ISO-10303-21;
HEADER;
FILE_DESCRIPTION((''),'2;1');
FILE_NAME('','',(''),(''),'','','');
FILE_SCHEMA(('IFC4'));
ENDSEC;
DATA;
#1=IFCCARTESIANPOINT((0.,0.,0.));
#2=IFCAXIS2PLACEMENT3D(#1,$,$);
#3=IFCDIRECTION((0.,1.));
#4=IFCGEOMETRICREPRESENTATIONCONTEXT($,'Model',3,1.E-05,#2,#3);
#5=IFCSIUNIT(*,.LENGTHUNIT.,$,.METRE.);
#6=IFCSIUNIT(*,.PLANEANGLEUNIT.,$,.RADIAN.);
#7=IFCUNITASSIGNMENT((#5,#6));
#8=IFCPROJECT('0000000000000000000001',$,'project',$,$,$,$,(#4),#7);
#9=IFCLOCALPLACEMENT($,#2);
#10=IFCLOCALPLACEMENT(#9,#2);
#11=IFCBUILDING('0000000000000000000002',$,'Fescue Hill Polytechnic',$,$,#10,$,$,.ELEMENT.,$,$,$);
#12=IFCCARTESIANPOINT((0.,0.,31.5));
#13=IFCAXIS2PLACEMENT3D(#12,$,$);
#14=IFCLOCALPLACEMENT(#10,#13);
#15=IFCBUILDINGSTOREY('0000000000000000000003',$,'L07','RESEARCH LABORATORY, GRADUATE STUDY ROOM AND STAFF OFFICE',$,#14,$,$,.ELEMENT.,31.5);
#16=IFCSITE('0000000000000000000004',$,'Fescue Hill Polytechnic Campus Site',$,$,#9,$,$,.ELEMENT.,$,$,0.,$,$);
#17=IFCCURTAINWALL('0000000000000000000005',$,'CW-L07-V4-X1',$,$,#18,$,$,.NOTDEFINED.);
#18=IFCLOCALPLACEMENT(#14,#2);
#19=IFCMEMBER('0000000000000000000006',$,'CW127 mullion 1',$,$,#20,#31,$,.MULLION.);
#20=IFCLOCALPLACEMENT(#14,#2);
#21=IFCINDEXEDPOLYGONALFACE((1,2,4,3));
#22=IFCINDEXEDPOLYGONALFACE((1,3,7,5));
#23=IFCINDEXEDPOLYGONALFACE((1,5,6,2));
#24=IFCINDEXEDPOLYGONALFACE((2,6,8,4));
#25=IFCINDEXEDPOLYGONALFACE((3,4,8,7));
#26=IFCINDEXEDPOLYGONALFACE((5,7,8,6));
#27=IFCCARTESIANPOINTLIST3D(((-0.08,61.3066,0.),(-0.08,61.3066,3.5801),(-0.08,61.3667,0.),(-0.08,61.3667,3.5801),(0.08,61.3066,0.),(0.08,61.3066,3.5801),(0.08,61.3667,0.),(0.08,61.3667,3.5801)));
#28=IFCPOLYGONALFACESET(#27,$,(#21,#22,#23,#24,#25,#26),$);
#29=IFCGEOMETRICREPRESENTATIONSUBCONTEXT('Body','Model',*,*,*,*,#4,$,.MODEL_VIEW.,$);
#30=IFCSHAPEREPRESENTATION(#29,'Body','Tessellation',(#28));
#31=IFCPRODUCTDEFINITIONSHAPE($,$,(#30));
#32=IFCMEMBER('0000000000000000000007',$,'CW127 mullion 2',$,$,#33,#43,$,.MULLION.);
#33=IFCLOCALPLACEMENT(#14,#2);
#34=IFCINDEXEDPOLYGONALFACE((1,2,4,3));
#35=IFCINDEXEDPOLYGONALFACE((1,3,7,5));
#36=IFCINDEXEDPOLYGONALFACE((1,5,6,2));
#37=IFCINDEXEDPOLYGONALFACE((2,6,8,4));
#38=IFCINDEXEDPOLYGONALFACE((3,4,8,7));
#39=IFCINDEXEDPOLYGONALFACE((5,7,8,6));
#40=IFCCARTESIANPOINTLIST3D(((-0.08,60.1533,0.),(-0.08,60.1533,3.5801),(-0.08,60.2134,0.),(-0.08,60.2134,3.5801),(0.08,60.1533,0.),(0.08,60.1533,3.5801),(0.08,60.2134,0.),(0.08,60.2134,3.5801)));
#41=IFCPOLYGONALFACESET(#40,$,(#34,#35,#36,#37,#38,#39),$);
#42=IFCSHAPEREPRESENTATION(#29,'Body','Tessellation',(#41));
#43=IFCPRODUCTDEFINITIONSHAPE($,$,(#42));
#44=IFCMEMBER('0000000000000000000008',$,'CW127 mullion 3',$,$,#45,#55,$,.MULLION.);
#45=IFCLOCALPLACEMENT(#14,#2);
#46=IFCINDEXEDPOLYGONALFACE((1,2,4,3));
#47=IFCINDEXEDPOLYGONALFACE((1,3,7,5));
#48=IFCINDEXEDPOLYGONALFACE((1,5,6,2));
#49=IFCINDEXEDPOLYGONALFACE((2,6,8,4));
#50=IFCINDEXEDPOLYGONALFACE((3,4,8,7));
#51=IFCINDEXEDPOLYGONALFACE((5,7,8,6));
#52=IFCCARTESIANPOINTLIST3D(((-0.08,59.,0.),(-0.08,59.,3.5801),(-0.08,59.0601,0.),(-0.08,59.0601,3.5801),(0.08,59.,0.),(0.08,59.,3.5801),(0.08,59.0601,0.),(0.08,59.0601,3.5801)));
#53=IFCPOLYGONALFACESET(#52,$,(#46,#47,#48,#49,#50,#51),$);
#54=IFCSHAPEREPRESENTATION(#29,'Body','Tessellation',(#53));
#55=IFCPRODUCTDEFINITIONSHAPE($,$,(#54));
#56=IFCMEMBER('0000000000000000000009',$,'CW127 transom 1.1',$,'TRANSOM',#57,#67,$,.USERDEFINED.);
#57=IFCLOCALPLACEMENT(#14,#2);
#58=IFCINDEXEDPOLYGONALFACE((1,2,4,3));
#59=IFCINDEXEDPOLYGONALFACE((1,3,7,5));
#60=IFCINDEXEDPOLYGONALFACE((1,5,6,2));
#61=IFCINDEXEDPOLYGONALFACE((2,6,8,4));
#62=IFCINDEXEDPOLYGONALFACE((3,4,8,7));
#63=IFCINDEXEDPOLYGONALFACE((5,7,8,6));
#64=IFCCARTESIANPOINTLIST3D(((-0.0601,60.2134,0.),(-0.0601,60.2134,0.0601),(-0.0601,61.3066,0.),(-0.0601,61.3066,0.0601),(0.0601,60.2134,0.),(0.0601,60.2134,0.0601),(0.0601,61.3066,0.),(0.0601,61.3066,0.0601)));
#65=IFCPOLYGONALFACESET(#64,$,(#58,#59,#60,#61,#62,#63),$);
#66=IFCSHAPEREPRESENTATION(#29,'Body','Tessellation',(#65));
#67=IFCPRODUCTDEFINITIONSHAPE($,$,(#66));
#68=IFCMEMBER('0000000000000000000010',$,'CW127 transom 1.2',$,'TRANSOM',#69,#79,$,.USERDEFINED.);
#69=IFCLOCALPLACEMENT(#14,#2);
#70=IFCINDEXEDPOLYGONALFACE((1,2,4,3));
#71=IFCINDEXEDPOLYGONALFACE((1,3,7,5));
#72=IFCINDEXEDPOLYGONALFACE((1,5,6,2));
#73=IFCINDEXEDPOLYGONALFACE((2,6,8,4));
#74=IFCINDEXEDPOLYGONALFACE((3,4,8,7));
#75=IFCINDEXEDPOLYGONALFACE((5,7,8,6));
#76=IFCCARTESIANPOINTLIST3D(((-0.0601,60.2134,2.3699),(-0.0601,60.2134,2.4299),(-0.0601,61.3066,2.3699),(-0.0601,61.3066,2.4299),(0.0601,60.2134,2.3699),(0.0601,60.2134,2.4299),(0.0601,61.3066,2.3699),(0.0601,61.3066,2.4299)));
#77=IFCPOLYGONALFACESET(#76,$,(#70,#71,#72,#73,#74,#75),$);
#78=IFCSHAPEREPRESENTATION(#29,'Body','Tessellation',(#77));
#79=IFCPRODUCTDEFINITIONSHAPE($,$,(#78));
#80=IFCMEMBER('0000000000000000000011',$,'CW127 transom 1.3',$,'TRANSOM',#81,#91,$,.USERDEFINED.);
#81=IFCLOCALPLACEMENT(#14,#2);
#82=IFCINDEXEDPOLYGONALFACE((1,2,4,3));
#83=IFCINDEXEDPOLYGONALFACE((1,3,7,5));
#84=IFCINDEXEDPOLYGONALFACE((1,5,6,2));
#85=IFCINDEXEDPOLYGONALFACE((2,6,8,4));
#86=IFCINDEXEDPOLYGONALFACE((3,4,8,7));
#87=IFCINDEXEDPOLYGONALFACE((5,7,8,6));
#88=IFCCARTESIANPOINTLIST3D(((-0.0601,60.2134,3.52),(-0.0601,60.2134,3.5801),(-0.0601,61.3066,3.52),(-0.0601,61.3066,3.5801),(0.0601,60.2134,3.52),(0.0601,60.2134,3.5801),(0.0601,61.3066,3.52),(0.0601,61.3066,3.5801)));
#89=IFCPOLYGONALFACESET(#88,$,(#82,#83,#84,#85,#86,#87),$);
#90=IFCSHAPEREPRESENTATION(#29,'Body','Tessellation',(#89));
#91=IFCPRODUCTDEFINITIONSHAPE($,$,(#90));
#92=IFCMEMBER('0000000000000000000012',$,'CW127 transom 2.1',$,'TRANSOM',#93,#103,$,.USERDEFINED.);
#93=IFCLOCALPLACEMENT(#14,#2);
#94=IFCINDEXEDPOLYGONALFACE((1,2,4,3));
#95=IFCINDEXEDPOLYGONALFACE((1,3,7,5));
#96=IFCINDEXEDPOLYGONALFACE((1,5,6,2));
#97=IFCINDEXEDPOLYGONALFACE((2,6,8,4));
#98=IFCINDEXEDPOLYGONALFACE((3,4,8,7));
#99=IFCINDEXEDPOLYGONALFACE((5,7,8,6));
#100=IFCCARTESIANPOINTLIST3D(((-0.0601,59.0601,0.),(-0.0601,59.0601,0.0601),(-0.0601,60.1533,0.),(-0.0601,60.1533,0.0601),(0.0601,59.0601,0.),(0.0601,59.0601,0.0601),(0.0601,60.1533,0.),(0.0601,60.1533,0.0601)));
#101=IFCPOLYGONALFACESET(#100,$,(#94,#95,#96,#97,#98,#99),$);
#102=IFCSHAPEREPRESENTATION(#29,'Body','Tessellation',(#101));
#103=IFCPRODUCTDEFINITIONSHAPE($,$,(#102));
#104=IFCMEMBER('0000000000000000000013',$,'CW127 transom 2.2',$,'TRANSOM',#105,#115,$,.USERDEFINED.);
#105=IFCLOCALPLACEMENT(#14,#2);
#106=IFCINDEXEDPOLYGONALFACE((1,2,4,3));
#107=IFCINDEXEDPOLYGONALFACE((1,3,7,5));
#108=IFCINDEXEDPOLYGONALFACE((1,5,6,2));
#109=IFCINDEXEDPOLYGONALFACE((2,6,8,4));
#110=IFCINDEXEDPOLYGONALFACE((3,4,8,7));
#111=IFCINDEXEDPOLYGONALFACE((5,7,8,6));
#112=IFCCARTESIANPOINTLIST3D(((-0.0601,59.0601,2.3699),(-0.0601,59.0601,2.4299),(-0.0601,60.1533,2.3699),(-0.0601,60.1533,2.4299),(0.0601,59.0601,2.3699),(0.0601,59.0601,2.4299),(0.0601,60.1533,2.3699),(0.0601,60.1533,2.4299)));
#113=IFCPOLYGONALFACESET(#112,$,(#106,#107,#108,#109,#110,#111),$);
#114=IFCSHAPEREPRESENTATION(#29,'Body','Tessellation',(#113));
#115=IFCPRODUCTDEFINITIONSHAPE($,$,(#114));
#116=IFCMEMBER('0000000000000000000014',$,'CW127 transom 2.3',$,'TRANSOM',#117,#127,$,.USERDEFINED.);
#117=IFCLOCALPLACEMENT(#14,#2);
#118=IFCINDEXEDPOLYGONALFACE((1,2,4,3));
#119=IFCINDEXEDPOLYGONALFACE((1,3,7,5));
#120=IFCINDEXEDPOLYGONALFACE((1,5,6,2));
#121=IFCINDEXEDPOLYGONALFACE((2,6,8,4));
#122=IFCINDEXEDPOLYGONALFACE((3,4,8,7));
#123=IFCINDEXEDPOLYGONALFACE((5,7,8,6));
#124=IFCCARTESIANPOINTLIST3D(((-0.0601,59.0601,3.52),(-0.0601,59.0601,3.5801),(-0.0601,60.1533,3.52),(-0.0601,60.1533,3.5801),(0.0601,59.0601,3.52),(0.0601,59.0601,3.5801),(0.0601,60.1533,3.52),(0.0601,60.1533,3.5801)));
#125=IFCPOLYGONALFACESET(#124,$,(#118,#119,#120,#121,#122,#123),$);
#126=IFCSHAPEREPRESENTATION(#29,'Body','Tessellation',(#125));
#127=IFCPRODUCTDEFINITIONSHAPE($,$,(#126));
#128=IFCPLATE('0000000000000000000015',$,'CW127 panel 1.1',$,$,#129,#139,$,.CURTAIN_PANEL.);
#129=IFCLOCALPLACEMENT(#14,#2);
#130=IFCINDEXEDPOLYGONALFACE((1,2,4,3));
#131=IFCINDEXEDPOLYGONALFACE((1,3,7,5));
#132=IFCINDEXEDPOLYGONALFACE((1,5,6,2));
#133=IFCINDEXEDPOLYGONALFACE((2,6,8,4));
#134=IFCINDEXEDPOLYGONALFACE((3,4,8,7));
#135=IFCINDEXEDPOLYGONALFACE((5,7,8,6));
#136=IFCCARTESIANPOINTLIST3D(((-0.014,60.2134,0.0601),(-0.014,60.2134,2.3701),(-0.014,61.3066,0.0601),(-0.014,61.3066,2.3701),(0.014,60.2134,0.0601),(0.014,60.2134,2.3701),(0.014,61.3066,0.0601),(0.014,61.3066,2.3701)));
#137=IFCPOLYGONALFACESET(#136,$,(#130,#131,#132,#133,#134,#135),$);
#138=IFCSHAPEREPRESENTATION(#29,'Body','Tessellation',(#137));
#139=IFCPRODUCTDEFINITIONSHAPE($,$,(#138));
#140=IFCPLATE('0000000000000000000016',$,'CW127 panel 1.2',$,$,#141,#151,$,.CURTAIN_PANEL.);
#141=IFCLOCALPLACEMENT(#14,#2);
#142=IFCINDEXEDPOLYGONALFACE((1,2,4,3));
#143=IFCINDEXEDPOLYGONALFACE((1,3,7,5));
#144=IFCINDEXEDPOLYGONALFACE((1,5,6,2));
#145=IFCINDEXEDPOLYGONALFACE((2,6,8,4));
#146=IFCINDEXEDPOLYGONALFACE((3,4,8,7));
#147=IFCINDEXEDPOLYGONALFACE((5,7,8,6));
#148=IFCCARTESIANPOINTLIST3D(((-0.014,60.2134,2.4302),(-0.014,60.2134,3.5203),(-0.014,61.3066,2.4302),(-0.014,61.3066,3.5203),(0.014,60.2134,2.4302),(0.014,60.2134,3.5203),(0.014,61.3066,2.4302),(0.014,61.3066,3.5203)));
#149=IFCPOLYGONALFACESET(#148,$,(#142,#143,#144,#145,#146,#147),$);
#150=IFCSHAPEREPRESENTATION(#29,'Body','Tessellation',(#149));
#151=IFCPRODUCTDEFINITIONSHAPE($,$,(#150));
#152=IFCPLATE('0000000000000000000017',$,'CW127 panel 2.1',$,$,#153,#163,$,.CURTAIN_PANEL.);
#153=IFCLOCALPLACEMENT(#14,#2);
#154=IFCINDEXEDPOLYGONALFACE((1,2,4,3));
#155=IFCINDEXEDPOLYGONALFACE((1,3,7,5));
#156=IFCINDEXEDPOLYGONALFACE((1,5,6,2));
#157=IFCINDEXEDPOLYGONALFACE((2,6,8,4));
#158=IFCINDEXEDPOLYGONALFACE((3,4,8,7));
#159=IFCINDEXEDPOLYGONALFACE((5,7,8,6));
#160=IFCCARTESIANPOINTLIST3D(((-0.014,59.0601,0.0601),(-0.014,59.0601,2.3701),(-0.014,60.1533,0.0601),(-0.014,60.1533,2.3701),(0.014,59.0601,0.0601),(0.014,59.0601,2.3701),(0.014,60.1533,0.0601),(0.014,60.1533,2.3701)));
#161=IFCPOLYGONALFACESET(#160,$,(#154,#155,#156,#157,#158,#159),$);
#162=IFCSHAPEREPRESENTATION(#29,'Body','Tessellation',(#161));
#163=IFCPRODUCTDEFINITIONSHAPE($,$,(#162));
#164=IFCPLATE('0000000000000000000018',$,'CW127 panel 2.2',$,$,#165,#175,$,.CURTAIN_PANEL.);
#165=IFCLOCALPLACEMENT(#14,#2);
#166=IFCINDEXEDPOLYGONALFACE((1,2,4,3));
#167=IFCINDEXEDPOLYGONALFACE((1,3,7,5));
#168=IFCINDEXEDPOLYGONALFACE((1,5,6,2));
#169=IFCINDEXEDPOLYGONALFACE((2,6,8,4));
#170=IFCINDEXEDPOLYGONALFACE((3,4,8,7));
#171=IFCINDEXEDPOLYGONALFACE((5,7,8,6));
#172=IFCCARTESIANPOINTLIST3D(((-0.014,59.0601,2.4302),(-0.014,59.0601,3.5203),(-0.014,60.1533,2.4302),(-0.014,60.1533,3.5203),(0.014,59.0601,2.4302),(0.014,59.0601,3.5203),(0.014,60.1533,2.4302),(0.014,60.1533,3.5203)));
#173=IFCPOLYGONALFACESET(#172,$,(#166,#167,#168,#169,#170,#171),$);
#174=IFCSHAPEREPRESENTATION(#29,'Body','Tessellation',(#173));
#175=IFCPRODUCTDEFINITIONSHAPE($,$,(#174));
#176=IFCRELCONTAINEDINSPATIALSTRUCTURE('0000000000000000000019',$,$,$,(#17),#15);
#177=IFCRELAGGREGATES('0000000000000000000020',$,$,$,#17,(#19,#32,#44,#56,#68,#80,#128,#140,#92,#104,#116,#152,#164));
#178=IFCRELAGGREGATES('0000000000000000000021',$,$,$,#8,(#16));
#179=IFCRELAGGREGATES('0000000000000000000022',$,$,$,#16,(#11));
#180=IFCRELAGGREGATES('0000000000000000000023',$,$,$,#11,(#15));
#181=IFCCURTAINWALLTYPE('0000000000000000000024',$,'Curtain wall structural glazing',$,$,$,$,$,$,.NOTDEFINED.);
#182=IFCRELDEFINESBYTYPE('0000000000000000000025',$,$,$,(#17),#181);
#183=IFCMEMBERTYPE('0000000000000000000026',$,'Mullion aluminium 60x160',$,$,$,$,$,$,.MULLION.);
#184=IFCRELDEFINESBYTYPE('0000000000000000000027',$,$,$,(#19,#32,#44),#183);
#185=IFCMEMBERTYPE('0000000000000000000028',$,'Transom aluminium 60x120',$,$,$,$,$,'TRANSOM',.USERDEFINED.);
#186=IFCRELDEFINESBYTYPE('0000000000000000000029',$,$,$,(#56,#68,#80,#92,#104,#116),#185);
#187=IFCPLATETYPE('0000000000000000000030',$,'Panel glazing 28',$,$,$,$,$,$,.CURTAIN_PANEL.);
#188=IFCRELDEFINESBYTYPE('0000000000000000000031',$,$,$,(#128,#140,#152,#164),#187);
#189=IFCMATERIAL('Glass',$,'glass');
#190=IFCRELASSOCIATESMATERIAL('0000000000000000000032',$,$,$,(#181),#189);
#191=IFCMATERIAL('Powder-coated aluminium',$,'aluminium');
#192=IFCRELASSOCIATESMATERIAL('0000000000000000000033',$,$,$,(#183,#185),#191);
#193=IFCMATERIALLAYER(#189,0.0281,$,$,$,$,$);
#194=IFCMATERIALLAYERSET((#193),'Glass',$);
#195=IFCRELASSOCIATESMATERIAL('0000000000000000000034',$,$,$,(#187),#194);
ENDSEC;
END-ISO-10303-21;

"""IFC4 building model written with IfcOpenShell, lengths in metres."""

from ifc_helpers import new_model, si_unit, direction, frame, origin, origin_2d, place, context, subcontext, project, spatial, rectangle, extrude, material, layer, layer_set, material_profile, profile_set, type_object, element, aggregate, save


model = new_model("IFC4")

# Units and contexts
model_context = context("Model", 3, precision=1e-05, world=origin(), true_north=direction((0.0, 1.0)))
body_context = subcontext(model_context, "Body", "Model", "MODEL_VIEW")
ifc_project = project(units=[si_unit("LENGTHUNIT", "METRE"), si_unit("PLANEANGLEUNIT", "RADIAN")], contexts=[model_context])

# Site, building, storey
site_placement = place(None, origin())
site = spatial("IfcSite", under=ifc_project, at=site_placement, Name="Fescue Hill Polytechnic Campus Site", CompositionType="ELEMENT", RefElevation=0.0)
building_placement = place(site_placement, origin())
building = spatial("IfcBuilding", under=site, at=building_placement, Name="Fescue Hill Polytechnic", CompositionType="ELEMENT")
storey_placement = place(building_placement, frame((0.0, 0.0, 31.5)))
storey = spatial("IfcBuildingStorey", under=building, at=storey_placement, Name="L07", Description="RESEARCH LABORATORY, GRADUATE STUDY ROOM AND STAFF OFFICE", CompositionType="ELEMENT", Elevation=31.5)

# Curtain wall, members, plates
ifc_material_1 = material(Name="Glass", Category="glass")
curtain_wall_type = type_object("IfcCurtainWallType", Name="Curtain wall structural glazing", PredefinedType="NOTDEFINED", material=ifc_material_1)
curtain_wall_placement = place(storey_placement, origin())
curtain_wall = element("IfcCurtainWall", 1, at=curtain_wall_placement, inside=storey, type_object=curtain_wall_type, Name="CW-L07-V4-X1", PredefinedType="NOTDEFINED")
ifc_material_2 = material(Name="Powder-coated aluminium", Category="aluminium")
ifc_material_profile_1 = material_profile(ifc_material_2, rectangle(XDim=0.1599, YDim=0.0601, at=origin_2d()), Name="Mullion aluminium 60x160")
ifc_profile_set_1 = profile_set([ifc_material_profile_1], Name="Powder-coated aluminium")
member_type_1 = type_object("IfcMemberType", Name="Mullion aluminium 60x160", PredefinedType="MULLION", material=ifc_profile_set_1)
member_1_placement = place(storey_placement, frame((0.0, 61.3367, 0.0), z_axis=(0.0, 0.0, 1.0), x_axis=(1.0, 0.0, 0.0)))
member_1 = element("IfcMember", 2, at=member_1_placement, type_object=member_type_1, Name="CW127 mullion 1", PredefinedType="MULLION", context=body_context, shape_type="SweptSolid", body=[
    extrude(rectangle(XDim=0.1599, YDim=0.0601, at=origin_2d()), origin(), (0.0, 0.0, 1.0), 3.5801),
])
member_2_placement = place(storey_placement, frame((0.0, 60.1833, 0.0), z_axis=(0.0, 0.0, 1.0), x_axis=(1.0, 0.0, 0.0)))
member_2 = element("IfcMember", 3, at=member_2_placement, type_object=member_type_1, Name="CW127 mullion 2", PredefinedType="MULLION", context=body_context, shape_type="SweptSolid", body=[
    extrude(rectangle(XDim=0.1599, YDim=0.0601, at=origin_2d()), origin(), (0.0, 0.0, 1.0), 3.5801),
])
member_3_placement = place(storey_placement, frame((0.0, 59.03, 0.0), z_axis=(0.0, 0.0, 1.0), x_axis=(1.0, 0.0, 0.0)))
member_3 = element("IfcMember", 4, at=member_3_placement, type_object=member_type_1, Name="CW127 mullion 3", PredefinedType="MULLION", context=body_context, shape_type="SweptSolid", body=[
    extrude(rectangle(XDim=0.1599, YDim=0.0601, at=origin_2d()), origin(), (0.0, 0.0, 1.0), 3.5801),
])
ifc_material_profile_2 = material_profile(ifc_material_2, rectangle(XDim=0.1201, YDim=0.0601, at=origin_2d()), Name="Transom aluminium 60x120")
ifc_profile_set_2 = profile_set([ifc_material_profile_2], Name="Powder-coated aluminium")
member_type_2 = type_object("IfcMemberType", Name="Transom aluminium 60x120", ElementType="TRANSOM", PredefinedType="USERDEFINED", material=ifc_profile_set_2)
member_4_placement = place(storey_placement, frame((0.0, 61.3066, 0.03), z_axis=(0.0, -1.0, 0.0), x_axis=(1.0, 0.0, 0.0)))
member_4 = element("IfcMember", 5, at=member_4_placement, type_object=member_type_2, Name="CW127 transom 1.1", ObjectType="TRANSOM", PredefinedType="USERDEFINED", context=body_context, shape_type="SweptSolid", body=[
    extrude(rectangle(XDim=0.1201, YDim=0.0601, at=origin_2d()), origin(), (0.0, 0.0, 1.0), 1.0933),
])
member_5_placement = place(storey_placement, frame((0.0, 61.3066, 2.3999), z_axis=(0.0, -1.0, 0.0), x_axis=(1.0, 0.0, 0.0)))
member_5 = element("IfcMember", 6, at=member_5_placement, type_object=member_type_2, Name="CW127 transom 1.2", ObjectType="TRANSOM", PredefinedType="USERDEFINED", context=body_context, shape_type="SweptSolid", body=[
    extrude(rectangle(XDim=0.1201, YDim=0.0601, at=origin_2d()), origin(), (0.0, 0.0, 1.0), 1.0933),
])
member_6_placement = place(storey_placement, frame((0.0, 61.3066, 3.55), z_axis=(0.0, -1.0, 0.0), x_axis=(1.0, 0.0, 0.0)))
member_6 = element("IfcMember", 7, at=member_6_placement, type_object=member_type_2, Name="CW127 transom 1.3", ObjectType="TRANSOM", PredefinedType="USERDEFINED", context=body_context, shape_type="SweptSolid", body=[
    extrude(rectangle(XDim=0.1201, YDim=0.0601, at=origin_2d()), origin(), (0.0, 0.0, 1.0), 1.0933),
])
member_7_placement = place(storey_placement, frame((0.0, 60.1533, 0.03), z_axis=(0.0, -1.0, 0.0), x_axis=(1.0, 0.0, 0.0)))
member_7 = element("IfcMember", 8, at=member_7_placement, type_object=member_type_2, Name="CW127 transom 2.1", ObjectType="TRANSOM", PredefinedType="USERDEFINED", context=body_context, shape_type="SweptSolid", body=[
    extrude(rectangle(XDim=0.1201, YDim=0.0601, at=origin_2d()), origin(), (0.0, 0.0, 1.0), 1.0933),
])
member_8_placement = place(storey_placement, frame((0.0, 60.1533, 2.3999), z_axis=(0.0, -1.0, 0.0), x_axis=(1.0, 0.0, 0.0)))
member_8 = element("IfcMember", 9, at=member_8_placement, type_object=member_type_2, Name="CW127 transom 2.2", ObjectType="TRANSOM", PredefinedType="USERDEFINED", context=body_context, shape_type="SweptSolid", body=[
    extrude(rectangle(XDim=0.1201, YDim=0.0601, at=origin_2d()), origin(), (0.0, 0.0, 1.0), 1.0933),
])
member_9_placement = place(storey_placement, frame((0.0, 60.1533, 3.55), z_axis=(0.0, -1.0, 0.0), x_axis=(1.0, 0.0, 0.0)))
member_9 = element("IfcMember", 10, at=member_9_placement, type_object=member_type_2, Name="CW127 transom 2.3", ObjectType="TRANSOM", PredefinedType="USERDEFINED", context=body_context, shape_type="SweptSolid", body=[
    extrude(rectangle(XDim=0.1201, YDim=0.0601, at=origin_2d()), origin(), (0.0, 0.0, 1.0), 1.0933),
])
ifc_layer_1 = layer(ifc_material_1, 0.0281)
ifc_layer_set_1 = layer_set([ifc_layer_1], Name="Glass")
plate_type = type_object("IfcPlateType", Name="Panel glazing 28", PredefinedType="CURTAIN_PANEL", material=ifc_layer_set_1)
plate_1_placement = place(storey_placement, frame((0.0, 60.76, 0.0601), z_axis=(0.0, 0.0, 1.0), x_axis=(0.0, -1.0, 0.0)))
plate_1 = element("IfcPlate", 11, at=plate_1_placement, type_object=plate_type, Name="CW127 panel 1.1", PredefinedType="CURTAIN_PANEL", context=body_context, shape_type="SweptSolid", body=[
    extrude(rectangle(XDim=1.0933, YDim=0.0281, at=origin_2d()), origin(), (0.0, 0.0, 1.0), 2.3101),
])
plate_2_placement = place(storey_placement, frame((0.0, 60.76, 2.4302), z_axis=(0.0, 0.0, 1.0), x_axis=(0.0, -1.0, 0.0)))
plate_2 = element("IfcPlate", 12, at=plate_2_placement, type_object=plate_type, Name="CW127 panel 1.2", PredefinedType="CURTAIN_PANEL", context=body_context, shape_type="SweptSolid", body=[
    extrude(rectangle(XDim=1.0933, YDim=0.0281, at=origin_2d()), origin(), (0.0, 0.0, 1.0), 1.0901),
])
plate_3_placement = place(storey_placement, frame((0.0, 59.6067, 0.0601), z_axis=(0.0, 0.0, 1.0), x_axis=(0.0, -1.0, 0.0)))
plate_3 = element("IfcPlate", 13, at=plate_3_placement, type_object=plate_type, Name="CW127 panel 2.1", PredefinedType="CURTAIN_PANEL", context=body_context, shape_type="SweptSolid", body=[
    extrude(rectangle(XDim=1.0933, YDim=0.0281, at=origin_2d()), origin(), (0.0, 0.0, 1.0), 2.3101),
])
plate_4_placement = place(storey_placement, frame((0.0, 59.6067, 2.4302), z_axis=(0.0, 0.0, 1.0), x_axis=(0.0, -1.0, 0.0)))
plate_4 = element("IfcPlate", 14, at=plate_4_placement, type_object=plate_type, Name="CW127 panel 2.2", PredefinedType="CURTAIN_PANEL", context=body_context, shape_type="SweptSolid", body=[
    extrude(rectangle(XDim=1.0933, YDim=0.0281, at=origin_2d()), origin(), (0.0, 0.0, 1.0), 1.0901),
])
aggregate(curtain_wall, [member_1, member_2, member_3, member_4, member_5, member_6, plate_1, plate_2, member_7, member_8, member_9, plate_3, plate_4])

save(model, "model.ifc")
